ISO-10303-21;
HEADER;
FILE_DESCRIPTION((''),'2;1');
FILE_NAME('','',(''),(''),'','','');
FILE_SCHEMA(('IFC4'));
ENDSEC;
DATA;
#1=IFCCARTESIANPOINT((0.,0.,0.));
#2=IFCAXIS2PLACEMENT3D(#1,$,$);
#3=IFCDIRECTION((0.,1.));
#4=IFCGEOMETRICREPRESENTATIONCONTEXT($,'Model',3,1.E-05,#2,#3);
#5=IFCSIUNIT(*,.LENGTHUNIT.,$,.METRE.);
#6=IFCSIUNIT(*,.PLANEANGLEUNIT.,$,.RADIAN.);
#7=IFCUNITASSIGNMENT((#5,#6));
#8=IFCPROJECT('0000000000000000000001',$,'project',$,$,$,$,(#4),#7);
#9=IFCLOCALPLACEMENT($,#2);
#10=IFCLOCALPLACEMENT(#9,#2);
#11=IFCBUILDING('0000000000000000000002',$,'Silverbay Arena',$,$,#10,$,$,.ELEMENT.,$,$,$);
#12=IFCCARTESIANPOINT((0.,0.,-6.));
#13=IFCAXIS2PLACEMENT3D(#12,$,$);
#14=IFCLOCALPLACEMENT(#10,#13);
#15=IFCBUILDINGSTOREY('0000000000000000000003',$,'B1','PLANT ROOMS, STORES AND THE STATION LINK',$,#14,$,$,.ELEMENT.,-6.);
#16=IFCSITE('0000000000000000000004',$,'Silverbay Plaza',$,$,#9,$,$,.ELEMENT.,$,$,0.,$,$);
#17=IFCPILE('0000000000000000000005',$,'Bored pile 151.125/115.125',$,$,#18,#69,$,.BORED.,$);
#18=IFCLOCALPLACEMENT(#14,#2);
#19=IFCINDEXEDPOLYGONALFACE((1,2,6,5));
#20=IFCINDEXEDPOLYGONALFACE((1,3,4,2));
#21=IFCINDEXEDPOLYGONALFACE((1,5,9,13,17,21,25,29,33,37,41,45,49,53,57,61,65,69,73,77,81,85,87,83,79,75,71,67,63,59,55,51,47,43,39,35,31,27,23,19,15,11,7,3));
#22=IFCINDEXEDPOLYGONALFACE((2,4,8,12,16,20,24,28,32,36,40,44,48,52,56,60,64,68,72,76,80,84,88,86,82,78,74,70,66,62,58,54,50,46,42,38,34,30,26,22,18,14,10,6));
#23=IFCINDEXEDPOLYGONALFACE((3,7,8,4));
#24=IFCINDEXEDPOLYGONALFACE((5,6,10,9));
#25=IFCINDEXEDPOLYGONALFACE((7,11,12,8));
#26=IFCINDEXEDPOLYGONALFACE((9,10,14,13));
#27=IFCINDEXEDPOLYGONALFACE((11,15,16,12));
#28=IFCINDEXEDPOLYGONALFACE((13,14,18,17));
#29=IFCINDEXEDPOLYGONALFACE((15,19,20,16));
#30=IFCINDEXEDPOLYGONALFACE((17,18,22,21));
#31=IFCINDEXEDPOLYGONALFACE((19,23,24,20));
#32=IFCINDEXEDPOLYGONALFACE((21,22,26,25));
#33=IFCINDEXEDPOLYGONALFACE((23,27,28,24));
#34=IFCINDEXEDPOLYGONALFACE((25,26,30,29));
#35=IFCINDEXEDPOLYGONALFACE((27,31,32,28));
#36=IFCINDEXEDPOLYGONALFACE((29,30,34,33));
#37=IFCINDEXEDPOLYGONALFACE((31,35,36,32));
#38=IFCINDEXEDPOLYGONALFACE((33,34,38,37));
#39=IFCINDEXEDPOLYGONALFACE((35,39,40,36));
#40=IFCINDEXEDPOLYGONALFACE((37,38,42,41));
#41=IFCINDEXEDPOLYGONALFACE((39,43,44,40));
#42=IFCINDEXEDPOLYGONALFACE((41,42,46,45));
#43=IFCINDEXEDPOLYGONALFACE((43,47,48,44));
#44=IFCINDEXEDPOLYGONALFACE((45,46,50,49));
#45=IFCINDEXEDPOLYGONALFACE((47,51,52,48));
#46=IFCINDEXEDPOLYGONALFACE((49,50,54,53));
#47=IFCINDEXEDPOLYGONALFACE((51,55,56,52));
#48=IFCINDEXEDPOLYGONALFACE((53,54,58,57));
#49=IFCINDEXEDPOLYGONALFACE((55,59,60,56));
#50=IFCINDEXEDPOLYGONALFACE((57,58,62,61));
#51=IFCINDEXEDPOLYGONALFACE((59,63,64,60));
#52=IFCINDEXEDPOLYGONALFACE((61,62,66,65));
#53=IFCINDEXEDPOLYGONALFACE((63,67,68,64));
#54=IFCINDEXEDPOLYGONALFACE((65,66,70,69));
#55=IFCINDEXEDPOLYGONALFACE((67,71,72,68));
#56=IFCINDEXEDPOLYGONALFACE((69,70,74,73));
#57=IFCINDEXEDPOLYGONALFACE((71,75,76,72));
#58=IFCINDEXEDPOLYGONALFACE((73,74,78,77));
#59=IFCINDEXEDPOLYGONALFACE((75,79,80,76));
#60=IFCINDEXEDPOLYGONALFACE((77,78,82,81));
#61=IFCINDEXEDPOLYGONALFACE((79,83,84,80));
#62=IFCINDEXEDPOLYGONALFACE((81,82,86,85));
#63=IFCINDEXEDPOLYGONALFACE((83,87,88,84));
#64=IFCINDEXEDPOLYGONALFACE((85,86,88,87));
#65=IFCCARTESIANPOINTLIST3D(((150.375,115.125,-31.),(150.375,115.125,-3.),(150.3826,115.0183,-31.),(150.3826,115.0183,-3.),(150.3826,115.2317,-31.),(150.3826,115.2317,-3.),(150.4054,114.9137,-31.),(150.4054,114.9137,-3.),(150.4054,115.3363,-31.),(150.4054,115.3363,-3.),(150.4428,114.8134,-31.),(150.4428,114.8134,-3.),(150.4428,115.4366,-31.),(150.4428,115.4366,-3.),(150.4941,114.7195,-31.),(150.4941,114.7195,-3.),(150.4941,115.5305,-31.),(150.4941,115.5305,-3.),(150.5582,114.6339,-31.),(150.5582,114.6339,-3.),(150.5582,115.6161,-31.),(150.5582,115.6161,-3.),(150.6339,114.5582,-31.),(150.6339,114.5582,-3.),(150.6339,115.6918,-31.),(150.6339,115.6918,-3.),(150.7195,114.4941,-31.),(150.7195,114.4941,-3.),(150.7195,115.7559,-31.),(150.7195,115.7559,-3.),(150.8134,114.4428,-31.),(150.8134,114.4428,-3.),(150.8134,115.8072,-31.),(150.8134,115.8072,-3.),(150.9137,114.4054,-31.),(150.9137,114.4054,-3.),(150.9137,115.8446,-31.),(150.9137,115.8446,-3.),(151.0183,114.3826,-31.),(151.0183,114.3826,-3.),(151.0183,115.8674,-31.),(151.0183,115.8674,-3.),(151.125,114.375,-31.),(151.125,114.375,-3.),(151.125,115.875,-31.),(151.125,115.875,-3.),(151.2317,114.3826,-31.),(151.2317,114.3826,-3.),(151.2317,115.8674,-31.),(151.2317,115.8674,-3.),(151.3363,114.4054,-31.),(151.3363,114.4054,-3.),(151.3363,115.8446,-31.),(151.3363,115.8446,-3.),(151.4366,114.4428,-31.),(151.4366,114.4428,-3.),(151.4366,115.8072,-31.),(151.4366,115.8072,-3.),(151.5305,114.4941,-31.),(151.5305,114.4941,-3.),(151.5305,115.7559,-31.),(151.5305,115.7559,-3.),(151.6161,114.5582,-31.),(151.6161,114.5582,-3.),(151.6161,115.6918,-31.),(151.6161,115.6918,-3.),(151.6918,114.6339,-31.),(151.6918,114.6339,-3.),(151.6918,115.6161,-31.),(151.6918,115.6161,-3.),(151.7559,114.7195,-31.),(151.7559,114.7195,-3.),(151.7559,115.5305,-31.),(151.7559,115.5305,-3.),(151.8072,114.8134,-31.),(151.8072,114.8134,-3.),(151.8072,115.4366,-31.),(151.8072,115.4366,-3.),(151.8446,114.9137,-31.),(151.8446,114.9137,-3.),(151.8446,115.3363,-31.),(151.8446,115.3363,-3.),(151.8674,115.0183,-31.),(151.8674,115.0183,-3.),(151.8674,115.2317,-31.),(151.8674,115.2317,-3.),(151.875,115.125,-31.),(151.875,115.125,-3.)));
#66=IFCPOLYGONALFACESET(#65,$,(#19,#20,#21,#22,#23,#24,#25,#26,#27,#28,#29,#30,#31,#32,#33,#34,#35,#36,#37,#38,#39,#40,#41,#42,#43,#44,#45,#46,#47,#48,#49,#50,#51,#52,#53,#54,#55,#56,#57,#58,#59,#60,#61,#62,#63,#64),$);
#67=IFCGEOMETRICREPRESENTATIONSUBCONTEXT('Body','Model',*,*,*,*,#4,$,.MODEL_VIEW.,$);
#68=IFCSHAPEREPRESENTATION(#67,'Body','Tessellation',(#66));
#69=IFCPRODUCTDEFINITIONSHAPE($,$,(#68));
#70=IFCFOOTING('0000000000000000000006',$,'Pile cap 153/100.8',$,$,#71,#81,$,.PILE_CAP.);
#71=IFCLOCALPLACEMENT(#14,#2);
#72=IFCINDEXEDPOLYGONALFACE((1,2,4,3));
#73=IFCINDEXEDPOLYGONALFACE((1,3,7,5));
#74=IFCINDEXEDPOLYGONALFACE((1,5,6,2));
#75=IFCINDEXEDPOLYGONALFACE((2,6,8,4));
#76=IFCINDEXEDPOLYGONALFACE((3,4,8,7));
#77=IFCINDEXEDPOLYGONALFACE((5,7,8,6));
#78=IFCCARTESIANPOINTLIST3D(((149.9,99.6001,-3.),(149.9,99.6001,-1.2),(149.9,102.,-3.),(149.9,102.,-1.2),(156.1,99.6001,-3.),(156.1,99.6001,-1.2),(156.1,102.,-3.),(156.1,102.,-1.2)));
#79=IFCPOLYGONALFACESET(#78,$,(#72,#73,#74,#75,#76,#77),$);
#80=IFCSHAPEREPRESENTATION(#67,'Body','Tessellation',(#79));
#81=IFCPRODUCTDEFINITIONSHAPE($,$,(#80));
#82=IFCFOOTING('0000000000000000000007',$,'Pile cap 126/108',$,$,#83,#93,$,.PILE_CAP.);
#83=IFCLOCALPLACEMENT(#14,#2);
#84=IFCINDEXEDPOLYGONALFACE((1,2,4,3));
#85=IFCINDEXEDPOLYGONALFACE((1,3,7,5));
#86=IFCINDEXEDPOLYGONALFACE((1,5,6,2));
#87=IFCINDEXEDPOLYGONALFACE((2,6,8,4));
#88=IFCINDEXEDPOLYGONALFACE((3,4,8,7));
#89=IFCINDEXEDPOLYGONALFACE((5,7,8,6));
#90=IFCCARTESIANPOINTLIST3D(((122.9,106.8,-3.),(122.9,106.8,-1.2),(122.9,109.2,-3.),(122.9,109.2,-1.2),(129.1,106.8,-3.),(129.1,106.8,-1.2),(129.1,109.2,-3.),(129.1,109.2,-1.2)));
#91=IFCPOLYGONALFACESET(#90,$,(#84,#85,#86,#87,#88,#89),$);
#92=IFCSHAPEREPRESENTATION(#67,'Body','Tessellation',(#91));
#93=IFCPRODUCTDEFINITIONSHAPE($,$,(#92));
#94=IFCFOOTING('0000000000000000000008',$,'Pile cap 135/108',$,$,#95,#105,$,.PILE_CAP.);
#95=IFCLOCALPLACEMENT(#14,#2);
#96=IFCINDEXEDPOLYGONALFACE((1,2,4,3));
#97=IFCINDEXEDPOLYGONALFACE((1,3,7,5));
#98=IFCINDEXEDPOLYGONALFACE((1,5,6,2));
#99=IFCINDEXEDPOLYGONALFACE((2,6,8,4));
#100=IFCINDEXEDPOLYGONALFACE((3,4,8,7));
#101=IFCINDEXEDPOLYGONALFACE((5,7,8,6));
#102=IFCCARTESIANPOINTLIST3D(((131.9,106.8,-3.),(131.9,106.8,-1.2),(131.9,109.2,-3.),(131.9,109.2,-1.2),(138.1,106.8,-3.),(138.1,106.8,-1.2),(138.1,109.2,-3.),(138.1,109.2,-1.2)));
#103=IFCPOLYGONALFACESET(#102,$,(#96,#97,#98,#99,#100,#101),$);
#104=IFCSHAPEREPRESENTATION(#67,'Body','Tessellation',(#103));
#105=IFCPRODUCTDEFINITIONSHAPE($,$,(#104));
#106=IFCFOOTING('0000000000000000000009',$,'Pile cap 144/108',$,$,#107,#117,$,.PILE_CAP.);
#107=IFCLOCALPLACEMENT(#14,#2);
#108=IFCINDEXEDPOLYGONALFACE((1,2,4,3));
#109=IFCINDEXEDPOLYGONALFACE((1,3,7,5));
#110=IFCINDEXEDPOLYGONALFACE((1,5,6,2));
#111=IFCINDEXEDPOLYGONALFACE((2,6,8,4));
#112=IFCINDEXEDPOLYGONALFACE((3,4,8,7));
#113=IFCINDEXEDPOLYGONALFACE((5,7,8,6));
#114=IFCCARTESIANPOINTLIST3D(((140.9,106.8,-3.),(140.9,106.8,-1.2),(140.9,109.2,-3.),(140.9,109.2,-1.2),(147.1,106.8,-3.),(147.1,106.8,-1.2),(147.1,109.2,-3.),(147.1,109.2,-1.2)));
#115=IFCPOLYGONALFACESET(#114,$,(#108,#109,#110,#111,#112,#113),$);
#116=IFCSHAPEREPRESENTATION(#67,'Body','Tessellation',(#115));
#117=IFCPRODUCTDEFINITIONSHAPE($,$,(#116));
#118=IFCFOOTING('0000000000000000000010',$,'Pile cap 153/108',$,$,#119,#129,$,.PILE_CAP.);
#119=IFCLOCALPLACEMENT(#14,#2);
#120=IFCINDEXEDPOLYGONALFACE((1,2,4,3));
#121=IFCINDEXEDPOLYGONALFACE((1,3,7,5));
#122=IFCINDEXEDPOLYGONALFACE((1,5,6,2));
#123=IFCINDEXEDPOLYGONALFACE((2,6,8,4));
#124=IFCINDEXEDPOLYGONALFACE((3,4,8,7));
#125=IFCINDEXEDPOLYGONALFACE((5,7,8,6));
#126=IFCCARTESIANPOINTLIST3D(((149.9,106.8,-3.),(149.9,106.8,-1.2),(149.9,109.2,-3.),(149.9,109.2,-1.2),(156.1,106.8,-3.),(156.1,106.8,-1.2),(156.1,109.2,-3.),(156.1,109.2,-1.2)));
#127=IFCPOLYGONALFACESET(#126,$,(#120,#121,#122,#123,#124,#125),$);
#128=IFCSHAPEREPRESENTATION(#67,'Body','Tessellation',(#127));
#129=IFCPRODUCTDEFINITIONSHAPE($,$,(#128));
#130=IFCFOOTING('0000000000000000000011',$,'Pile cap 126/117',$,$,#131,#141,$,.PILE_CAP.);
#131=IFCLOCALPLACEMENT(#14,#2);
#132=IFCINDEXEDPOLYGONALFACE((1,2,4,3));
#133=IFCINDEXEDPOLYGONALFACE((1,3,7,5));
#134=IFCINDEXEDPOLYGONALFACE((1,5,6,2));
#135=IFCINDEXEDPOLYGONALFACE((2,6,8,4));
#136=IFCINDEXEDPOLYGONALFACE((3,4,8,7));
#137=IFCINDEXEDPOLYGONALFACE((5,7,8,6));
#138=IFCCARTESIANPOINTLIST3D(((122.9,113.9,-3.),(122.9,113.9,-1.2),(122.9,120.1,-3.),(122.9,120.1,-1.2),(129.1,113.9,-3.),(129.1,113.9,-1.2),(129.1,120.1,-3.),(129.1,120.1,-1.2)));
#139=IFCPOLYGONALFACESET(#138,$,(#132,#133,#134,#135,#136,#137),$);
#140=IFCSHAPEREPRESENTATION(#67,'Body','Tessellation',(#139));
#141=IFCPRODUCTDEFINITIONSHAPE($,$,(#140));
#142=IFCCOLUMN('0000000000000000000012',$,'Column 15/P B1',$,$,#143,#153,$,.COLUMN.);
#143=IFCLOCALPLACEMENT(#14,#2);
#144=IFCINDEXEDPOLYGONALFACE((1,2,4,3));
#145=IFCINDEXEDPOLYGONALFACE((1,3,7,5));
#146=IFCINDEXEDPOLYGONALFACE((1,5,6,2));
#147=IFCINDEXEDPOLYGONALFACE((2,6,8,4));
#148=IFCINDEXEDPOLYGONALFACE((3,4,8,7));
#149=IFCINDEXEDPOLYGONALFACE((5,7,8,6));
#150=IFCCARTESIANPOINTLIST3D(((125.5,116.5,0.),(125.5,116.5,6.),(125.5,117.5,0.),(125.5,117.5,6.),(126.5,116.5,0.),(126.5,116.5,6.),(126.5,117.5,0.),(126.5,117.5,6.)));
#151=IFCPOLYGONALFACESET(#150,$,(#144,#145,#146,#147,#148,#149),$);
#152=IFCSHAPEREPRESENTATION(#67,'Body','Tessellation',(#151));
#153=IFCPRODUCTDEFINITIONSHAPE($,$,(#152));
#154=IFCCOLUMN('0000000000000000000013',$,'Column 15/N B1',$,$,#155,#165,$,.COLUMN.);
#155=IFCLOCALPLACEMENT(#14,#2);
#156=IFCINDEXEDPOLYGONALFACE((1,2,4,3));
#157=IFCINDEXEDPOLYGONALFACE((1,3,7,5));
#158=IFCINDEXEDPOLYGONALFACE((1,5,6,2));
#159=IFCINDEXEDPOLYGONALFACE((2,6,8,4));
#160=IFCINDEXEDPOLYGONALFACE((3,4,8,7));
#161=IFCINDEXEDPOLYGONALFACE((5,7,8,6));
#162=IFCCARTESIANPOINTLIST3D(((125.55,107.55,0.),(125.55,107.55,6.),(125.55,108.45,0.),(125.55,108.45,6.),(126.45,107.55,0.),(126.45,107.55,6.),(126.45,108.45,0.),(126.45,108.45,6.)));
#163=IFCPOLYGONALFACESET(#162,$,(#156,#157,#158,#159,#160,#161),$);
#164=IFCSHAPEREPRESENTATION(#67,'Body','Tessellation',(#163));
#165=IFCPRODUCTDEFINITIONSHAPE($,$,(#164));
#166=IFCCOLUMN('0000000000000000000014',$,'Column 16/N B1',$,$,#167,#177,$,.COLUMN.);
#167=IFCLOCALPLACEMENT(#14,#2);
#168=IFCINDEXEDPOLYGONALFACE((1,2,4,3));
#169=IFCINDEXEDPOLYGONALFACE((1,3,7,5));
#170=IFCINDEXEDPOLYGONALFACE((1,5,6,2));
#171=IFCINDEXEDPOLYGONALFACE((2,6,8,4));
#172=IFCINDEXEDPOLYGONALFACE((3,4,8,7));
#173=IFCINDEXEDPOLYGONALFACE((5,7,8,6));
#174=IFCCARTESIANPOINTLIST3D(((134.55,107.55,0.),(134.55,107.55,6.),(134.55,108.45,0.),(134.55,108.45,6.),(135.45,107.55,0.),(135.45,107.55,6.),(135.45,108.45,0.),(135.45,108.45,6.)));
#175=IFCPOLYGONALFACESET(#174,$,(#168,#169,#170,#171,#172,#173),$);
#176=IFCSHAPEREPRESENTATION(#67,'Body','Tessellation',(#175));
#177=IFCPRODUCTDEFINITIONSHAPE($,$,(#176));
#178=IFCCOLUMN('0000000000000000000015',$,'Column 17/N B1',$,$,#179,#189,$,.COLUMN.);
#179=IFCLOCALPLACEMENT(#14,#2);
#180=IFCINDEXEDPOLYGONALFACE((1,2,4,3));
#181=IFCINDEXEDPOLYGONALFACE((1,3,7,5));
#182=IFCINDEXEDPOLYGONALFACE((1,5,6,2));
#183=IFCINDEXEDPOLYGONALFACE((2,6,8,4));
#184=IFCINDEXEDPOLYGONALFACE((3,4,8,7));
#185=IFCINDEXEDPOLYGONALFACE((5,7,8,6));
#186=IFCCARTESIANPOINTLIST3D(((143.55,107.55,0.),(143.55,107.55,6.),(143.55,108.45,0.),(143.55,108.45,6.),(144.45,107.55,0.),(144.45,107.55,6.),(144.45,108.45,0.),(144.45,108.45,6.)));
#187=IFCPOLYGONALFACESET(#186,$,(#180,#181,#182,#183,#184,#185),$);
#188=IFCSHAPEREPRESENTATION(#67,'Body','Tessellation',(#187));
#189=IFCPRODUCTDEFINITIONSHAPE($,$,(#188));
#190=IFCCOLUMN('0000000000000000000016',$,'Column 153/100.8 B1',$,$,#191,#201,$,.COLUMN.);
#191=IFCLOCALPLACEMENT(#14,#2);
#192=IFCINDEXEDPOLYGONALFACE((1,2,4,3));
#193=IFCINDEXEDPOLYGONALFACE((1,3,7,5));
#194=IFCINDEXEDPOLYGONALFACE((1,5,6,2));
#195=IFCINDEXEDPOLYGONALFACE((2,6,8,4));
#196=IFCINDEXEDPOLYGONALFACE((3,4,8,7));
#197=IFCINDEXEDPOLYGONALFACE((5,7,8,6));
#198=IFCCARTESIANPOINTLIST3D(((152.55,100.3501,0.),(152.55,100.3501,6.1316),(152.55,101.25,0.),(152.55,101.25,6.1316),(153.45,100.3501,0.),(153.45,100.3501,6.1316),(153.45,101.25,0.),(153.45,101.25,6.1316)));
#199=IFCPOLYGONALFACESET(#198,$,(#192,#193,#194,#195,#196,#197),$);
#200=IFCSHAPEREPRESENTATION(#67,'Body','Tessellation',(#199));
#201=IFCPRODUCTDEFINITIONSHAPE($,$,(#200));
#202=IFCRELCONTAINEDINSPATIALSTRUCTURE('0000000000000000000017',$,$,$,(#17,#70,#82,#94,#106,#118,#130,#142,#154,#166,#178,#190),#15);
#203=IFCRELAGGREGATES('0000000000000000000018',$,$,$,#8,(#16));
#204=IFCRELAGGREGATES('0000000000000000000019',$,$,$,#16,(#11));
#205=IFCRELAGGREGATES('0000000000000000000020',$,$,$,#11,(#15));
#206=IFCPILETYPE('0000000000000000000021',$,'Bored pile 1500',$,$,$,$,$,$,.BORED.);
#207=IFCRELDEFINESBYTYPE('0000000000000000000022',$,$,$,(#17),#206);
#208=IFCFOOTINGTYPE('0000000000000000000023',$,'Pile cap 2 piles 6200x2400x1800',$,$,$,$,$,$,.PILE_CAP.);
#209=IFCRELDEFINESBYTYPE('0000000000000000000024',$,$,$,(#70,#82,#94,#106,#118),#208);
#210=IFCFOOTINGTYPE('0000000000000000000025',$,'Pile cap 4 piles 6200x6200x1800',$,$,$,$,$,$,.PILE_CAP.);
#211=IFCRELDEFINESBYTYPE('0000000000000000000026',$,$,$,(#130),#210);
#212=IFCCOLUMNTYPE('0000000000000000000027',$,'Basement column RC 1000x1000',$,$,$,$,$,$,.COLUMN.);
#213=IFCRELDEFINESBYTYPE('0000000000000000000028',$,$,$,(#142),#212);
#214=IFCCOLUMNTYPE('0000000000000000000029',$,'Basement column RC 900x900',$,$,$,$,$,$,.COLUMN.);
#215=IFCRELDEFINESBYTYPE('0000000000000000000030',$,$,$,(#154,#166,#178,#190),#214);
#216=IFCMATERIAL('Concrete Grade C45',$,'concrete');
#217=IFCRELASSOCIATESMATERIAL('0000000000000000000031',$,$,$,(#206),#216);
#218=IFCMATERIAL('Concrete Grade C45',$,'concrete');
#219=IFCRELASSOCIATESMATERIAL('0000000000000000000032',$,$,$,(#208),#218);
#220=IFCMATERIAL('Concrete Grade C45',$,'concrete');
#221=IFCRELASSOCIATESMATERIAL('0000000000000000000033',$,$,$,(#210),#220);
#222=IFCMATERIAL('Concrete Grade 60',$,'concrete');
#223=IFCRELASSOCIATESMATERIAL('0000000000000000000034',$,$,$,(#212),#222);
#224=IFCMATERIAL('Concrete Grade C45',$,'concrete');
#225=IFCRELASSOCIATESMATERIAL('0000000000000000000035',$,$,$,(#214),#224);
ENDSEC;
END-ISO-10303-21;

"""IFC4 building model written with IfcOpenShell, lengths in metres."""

from ifc_helpers import new_model, si_unit, direction, frame, origin, origin_2d, place, context, subcontext, project, spatial, rectangle, circle, extrude, material, material_profile, profile_set, type_object, element, save


model = new_model("IFC4")

# Units and contexts
model_context = context("Model", 3, precision=1e-05, world=origin(), true_north=direction((0.0, 1.0)))
body_context = subcontext(model_context, "Body", "Model", "MODEL_VIEW")
ifc_project = project(units=[si_unit("LENGTHUNIT", "METRE"), si_unit("PLANEANGLEUNIT", "RADIAN")], contexts=[model_context])

# Site, building, storey
site_placement = place(None, origin())
site = spatial("IfcSite", under=ifc_project, at=site_placement, Name="Silverbay Plaza", CompositionType="ELEMENT", RefElevation=0.0)
building_placement = place(site_placement, origin())
building = spatial("IfcBuilding", under=site, at=building_placement, Name="Silverbay Arena", CompositionType="ELEMENT")
storey_placement = place(building_placement, frame((0.0, 0.0, -6.0)))
storey = spatial("IfcBuildingStorey", under=building, at=storey_placement, Name="B1", Description="PLANT ROOMS, STORES AND THE STATION LINK", CompositionType="ELEMENT", Elevation=-6.0)

# Pile
ifc_material_1 = material(Name="Concrete Grade C45", Category="concrete")
ifc_material_profile_1 = material_profile(ifc_material_1, circle(Radius=0.75, at=origin_2d()), Name="Bored pile 1500")
ifc_profile_set_1 = profile_set([ifc_material_profile_1], Name="Concrete Grade C45")
pile_type = type_object("IfcPileType", Name="Bored pile 1500", PredefinedType="BORED", material=ifc_profile_set_1)
for number, where, z_axis, x_axis, name in (
    (1, (151.125, 115.125, -3.0), (0.0, 0.0, -1.0), (1.0, 0.0, 0.0), "Bored pile 151.125/115.125"),
):
    element("IfcPile", number, at=place(storey_placement, frame(where, z_axis=z_axis, x_axis=x_axis)), inside=storey, type_object=pile_type, Name=name, PredefinedType="BORED", context=body_context, shape_type="SweptSolid", body=[
        extrude(circle(Radius=0.75, at=origin_2d()), origin(), (0.0, 0.0, 1.0), 28.0),
    ])

# Footings
ifc_material_2 = material(Name="Concrete Grade C45", Category="concrete")
footing_type_1 = type_object("IfcFootingType", Name="Pile cap 2 piles 6200x2400x1800", PredefinedType="PILE_CAP", material=ifc_material_2)
for number, where, z_axis, x_axis, name in (
    (2, (153.0, 100.8, -3.0), (0.0, 0.0, 1.0), (1.0, 0.0, 0.0), "Pile cap 153/100.8"),
    (3, (126.0, 108.0, -3.0), (0.0, 0.0, 1.0), (1.0, 0.0, 0.0), "Pile cap 126/108"),
    (4, (135.0, 108.0, -3.0), (0.0, 0.0, 1.0), (1.0, 0.0, 0.0), "Pile cap 135/108"),
    (5, (144.0, 108.0, -3.0), (0.0, 0.0, 1.0), (1.0, 0.0, 0.0), "Pile cap 144/108"),
    (6, (153.0, 108.0, -3.0), (0.0, 0.0, 1.0), (1.0, 0.0, 0.0), "Pile cap 153/108"),
):
    element("IfcFooting", number, at=place(storey_placement, frame(where, z_axis=z_axis, x_axis=x_axis)), inside=storey, type_object=footing_type_1, Name=name, PredefinedType="PILE_CAP", context=body_context, shape_type="SweptSolid", body=[
        extrude(rectangle(XDim=6.2, YDim=2.3999, at=origin_2d()), origin(), (0.0, 0.0, 1.0), 1.8),
    ])
ifc_material_3 = material(Name="Concrete Grade C45", Category="concrete")
footing_type_2 = type_object("IfcFootingType", Name="Pile cap 4 piles 6200x6200x1800", PredefinedType="PILE_CAP", material=ifc_material_3)
footing_placement = place(storey_placement, frame((126.0, 117.0, -3.0), z_axis=(0.0, 0.0, 1.0), x_axis=(1.0, 0.0, 0.0)))
element("IfcFooting", 7, at=footing_placement, inside=storey, type_object=footing_type_2, Name="Pile cap 126/117", PredefinedType="PILE_CAP", context=body_context, shape_type="SweptSolid", body=[
    extrude(rectangle(XDim=6.2, YDim=6.2, at=origin_2d()), origin(), (0.0, 0.0, 1.0), 1.8),
])

# Columns
ifc_material_4 = material(Name="Concrete Grade 60", Category="concrete")
ifc_material_profile_2 = material_profile(ifc_material_4, rectangle(XDim=1.0, YDim=1.0, at=origin_2d()), Name="RC 1000x1000")
ifc_profile_set_2 = profile_set([ifc_material_profile_2], Name="Concrete Grade 60")
column_type_1 = type_object("IfcColumnType", Name="Basement column RC 1000x1000", PredefinedType="COLUMN", material=ifc_profile_set_2)
column_1_placement = place(storey_placement, frame((126.0, 117.0, 0.0), z_axis=(0.0, 0.0, 1.0), x_axis=(1.0, 0.0, 0.0)))
element("IfcColumn", 8, at=column_1_placement, inside=storey, type_object=column_type_1, Name="Column 15/P B1", PredefinedType="COLUMN", context=body_context, shape_type="SweptSolid", body=[
    extrude(rectangle(XDim=1.0, YDim=1.0, at=origin_2d()), origin(), (0.0, 0.0, 1.0), 6.0),
])
ifc_material_5 = material(Name="Concrete Grade C45", Category="concrete")
ifc_material_profile_3 = material_profile(ifc_material_5, rectangle(XDim=0.8999, YDim=0.8999, at=origin_2d()), Name="RC 900x900")
ifc_profile_set_3 = profile_set([ifc_material_profile_3], Name="Concrete Grade C45")
column_type_2 = type_object("IfcColumnType", Name="Basement column RC 900x900", PredefinedType="COLUMN", material=ifc_profile_set_3)
for number, where, z_axis, x_axis, name in (
    (9, (126.0, 108.0, 0.0), (0.0, 0.0, 1.0), (1.0, 0.0, 0.0), "Column 15/N B1"),
    (10, (135.0, 108.0, 0.0), (0.0, 0.0, 1.0), (1.0, 0.0, 0.0), "Column 16/N B1"),
    (11, (144.0, 108.0, 0.0), (0.0, 0.0, 1.0), (1.0, 0.0, 0.0), "Column 17/N B1"),
):
    element("IfcColumn", number, at=place(storey_placement, frame(where, z_axis=z_axis, x_axis=x_axis)), inside=storey, type_object=column_type_2, Name=name, PredefinedType="COLUMN", context=body_context, shape_type="SweptSolid", body=[
        extrude(rectangle(XDim=0.8999, YDim=0.8999, at=origin_2d()), origin(), (0.0, 0.0, 1.0), 6.0),
    ])
column_2_placement = place(storey_placement, frame((153.0, 100.8, 0.0), z_axis=(0.0, 0.0, 1.0), x_axis=(1.0, 0.0, 0.0)))
element("IfcColumn", 12, at=column_2_placement, inside=storey, type_object=column_type_2, Name="Column 153/100.8 B1", PredefinedType="COLUMN", context=body_context, shape_type="SweptSolid", body=[
    extrude(rectangle(XDim=0.8999, YDim=0.8999, at=origin_2d()), origin(), (0.0, 0.0, 1.0), 6.1316),
])

save(model, "model.ifc")
